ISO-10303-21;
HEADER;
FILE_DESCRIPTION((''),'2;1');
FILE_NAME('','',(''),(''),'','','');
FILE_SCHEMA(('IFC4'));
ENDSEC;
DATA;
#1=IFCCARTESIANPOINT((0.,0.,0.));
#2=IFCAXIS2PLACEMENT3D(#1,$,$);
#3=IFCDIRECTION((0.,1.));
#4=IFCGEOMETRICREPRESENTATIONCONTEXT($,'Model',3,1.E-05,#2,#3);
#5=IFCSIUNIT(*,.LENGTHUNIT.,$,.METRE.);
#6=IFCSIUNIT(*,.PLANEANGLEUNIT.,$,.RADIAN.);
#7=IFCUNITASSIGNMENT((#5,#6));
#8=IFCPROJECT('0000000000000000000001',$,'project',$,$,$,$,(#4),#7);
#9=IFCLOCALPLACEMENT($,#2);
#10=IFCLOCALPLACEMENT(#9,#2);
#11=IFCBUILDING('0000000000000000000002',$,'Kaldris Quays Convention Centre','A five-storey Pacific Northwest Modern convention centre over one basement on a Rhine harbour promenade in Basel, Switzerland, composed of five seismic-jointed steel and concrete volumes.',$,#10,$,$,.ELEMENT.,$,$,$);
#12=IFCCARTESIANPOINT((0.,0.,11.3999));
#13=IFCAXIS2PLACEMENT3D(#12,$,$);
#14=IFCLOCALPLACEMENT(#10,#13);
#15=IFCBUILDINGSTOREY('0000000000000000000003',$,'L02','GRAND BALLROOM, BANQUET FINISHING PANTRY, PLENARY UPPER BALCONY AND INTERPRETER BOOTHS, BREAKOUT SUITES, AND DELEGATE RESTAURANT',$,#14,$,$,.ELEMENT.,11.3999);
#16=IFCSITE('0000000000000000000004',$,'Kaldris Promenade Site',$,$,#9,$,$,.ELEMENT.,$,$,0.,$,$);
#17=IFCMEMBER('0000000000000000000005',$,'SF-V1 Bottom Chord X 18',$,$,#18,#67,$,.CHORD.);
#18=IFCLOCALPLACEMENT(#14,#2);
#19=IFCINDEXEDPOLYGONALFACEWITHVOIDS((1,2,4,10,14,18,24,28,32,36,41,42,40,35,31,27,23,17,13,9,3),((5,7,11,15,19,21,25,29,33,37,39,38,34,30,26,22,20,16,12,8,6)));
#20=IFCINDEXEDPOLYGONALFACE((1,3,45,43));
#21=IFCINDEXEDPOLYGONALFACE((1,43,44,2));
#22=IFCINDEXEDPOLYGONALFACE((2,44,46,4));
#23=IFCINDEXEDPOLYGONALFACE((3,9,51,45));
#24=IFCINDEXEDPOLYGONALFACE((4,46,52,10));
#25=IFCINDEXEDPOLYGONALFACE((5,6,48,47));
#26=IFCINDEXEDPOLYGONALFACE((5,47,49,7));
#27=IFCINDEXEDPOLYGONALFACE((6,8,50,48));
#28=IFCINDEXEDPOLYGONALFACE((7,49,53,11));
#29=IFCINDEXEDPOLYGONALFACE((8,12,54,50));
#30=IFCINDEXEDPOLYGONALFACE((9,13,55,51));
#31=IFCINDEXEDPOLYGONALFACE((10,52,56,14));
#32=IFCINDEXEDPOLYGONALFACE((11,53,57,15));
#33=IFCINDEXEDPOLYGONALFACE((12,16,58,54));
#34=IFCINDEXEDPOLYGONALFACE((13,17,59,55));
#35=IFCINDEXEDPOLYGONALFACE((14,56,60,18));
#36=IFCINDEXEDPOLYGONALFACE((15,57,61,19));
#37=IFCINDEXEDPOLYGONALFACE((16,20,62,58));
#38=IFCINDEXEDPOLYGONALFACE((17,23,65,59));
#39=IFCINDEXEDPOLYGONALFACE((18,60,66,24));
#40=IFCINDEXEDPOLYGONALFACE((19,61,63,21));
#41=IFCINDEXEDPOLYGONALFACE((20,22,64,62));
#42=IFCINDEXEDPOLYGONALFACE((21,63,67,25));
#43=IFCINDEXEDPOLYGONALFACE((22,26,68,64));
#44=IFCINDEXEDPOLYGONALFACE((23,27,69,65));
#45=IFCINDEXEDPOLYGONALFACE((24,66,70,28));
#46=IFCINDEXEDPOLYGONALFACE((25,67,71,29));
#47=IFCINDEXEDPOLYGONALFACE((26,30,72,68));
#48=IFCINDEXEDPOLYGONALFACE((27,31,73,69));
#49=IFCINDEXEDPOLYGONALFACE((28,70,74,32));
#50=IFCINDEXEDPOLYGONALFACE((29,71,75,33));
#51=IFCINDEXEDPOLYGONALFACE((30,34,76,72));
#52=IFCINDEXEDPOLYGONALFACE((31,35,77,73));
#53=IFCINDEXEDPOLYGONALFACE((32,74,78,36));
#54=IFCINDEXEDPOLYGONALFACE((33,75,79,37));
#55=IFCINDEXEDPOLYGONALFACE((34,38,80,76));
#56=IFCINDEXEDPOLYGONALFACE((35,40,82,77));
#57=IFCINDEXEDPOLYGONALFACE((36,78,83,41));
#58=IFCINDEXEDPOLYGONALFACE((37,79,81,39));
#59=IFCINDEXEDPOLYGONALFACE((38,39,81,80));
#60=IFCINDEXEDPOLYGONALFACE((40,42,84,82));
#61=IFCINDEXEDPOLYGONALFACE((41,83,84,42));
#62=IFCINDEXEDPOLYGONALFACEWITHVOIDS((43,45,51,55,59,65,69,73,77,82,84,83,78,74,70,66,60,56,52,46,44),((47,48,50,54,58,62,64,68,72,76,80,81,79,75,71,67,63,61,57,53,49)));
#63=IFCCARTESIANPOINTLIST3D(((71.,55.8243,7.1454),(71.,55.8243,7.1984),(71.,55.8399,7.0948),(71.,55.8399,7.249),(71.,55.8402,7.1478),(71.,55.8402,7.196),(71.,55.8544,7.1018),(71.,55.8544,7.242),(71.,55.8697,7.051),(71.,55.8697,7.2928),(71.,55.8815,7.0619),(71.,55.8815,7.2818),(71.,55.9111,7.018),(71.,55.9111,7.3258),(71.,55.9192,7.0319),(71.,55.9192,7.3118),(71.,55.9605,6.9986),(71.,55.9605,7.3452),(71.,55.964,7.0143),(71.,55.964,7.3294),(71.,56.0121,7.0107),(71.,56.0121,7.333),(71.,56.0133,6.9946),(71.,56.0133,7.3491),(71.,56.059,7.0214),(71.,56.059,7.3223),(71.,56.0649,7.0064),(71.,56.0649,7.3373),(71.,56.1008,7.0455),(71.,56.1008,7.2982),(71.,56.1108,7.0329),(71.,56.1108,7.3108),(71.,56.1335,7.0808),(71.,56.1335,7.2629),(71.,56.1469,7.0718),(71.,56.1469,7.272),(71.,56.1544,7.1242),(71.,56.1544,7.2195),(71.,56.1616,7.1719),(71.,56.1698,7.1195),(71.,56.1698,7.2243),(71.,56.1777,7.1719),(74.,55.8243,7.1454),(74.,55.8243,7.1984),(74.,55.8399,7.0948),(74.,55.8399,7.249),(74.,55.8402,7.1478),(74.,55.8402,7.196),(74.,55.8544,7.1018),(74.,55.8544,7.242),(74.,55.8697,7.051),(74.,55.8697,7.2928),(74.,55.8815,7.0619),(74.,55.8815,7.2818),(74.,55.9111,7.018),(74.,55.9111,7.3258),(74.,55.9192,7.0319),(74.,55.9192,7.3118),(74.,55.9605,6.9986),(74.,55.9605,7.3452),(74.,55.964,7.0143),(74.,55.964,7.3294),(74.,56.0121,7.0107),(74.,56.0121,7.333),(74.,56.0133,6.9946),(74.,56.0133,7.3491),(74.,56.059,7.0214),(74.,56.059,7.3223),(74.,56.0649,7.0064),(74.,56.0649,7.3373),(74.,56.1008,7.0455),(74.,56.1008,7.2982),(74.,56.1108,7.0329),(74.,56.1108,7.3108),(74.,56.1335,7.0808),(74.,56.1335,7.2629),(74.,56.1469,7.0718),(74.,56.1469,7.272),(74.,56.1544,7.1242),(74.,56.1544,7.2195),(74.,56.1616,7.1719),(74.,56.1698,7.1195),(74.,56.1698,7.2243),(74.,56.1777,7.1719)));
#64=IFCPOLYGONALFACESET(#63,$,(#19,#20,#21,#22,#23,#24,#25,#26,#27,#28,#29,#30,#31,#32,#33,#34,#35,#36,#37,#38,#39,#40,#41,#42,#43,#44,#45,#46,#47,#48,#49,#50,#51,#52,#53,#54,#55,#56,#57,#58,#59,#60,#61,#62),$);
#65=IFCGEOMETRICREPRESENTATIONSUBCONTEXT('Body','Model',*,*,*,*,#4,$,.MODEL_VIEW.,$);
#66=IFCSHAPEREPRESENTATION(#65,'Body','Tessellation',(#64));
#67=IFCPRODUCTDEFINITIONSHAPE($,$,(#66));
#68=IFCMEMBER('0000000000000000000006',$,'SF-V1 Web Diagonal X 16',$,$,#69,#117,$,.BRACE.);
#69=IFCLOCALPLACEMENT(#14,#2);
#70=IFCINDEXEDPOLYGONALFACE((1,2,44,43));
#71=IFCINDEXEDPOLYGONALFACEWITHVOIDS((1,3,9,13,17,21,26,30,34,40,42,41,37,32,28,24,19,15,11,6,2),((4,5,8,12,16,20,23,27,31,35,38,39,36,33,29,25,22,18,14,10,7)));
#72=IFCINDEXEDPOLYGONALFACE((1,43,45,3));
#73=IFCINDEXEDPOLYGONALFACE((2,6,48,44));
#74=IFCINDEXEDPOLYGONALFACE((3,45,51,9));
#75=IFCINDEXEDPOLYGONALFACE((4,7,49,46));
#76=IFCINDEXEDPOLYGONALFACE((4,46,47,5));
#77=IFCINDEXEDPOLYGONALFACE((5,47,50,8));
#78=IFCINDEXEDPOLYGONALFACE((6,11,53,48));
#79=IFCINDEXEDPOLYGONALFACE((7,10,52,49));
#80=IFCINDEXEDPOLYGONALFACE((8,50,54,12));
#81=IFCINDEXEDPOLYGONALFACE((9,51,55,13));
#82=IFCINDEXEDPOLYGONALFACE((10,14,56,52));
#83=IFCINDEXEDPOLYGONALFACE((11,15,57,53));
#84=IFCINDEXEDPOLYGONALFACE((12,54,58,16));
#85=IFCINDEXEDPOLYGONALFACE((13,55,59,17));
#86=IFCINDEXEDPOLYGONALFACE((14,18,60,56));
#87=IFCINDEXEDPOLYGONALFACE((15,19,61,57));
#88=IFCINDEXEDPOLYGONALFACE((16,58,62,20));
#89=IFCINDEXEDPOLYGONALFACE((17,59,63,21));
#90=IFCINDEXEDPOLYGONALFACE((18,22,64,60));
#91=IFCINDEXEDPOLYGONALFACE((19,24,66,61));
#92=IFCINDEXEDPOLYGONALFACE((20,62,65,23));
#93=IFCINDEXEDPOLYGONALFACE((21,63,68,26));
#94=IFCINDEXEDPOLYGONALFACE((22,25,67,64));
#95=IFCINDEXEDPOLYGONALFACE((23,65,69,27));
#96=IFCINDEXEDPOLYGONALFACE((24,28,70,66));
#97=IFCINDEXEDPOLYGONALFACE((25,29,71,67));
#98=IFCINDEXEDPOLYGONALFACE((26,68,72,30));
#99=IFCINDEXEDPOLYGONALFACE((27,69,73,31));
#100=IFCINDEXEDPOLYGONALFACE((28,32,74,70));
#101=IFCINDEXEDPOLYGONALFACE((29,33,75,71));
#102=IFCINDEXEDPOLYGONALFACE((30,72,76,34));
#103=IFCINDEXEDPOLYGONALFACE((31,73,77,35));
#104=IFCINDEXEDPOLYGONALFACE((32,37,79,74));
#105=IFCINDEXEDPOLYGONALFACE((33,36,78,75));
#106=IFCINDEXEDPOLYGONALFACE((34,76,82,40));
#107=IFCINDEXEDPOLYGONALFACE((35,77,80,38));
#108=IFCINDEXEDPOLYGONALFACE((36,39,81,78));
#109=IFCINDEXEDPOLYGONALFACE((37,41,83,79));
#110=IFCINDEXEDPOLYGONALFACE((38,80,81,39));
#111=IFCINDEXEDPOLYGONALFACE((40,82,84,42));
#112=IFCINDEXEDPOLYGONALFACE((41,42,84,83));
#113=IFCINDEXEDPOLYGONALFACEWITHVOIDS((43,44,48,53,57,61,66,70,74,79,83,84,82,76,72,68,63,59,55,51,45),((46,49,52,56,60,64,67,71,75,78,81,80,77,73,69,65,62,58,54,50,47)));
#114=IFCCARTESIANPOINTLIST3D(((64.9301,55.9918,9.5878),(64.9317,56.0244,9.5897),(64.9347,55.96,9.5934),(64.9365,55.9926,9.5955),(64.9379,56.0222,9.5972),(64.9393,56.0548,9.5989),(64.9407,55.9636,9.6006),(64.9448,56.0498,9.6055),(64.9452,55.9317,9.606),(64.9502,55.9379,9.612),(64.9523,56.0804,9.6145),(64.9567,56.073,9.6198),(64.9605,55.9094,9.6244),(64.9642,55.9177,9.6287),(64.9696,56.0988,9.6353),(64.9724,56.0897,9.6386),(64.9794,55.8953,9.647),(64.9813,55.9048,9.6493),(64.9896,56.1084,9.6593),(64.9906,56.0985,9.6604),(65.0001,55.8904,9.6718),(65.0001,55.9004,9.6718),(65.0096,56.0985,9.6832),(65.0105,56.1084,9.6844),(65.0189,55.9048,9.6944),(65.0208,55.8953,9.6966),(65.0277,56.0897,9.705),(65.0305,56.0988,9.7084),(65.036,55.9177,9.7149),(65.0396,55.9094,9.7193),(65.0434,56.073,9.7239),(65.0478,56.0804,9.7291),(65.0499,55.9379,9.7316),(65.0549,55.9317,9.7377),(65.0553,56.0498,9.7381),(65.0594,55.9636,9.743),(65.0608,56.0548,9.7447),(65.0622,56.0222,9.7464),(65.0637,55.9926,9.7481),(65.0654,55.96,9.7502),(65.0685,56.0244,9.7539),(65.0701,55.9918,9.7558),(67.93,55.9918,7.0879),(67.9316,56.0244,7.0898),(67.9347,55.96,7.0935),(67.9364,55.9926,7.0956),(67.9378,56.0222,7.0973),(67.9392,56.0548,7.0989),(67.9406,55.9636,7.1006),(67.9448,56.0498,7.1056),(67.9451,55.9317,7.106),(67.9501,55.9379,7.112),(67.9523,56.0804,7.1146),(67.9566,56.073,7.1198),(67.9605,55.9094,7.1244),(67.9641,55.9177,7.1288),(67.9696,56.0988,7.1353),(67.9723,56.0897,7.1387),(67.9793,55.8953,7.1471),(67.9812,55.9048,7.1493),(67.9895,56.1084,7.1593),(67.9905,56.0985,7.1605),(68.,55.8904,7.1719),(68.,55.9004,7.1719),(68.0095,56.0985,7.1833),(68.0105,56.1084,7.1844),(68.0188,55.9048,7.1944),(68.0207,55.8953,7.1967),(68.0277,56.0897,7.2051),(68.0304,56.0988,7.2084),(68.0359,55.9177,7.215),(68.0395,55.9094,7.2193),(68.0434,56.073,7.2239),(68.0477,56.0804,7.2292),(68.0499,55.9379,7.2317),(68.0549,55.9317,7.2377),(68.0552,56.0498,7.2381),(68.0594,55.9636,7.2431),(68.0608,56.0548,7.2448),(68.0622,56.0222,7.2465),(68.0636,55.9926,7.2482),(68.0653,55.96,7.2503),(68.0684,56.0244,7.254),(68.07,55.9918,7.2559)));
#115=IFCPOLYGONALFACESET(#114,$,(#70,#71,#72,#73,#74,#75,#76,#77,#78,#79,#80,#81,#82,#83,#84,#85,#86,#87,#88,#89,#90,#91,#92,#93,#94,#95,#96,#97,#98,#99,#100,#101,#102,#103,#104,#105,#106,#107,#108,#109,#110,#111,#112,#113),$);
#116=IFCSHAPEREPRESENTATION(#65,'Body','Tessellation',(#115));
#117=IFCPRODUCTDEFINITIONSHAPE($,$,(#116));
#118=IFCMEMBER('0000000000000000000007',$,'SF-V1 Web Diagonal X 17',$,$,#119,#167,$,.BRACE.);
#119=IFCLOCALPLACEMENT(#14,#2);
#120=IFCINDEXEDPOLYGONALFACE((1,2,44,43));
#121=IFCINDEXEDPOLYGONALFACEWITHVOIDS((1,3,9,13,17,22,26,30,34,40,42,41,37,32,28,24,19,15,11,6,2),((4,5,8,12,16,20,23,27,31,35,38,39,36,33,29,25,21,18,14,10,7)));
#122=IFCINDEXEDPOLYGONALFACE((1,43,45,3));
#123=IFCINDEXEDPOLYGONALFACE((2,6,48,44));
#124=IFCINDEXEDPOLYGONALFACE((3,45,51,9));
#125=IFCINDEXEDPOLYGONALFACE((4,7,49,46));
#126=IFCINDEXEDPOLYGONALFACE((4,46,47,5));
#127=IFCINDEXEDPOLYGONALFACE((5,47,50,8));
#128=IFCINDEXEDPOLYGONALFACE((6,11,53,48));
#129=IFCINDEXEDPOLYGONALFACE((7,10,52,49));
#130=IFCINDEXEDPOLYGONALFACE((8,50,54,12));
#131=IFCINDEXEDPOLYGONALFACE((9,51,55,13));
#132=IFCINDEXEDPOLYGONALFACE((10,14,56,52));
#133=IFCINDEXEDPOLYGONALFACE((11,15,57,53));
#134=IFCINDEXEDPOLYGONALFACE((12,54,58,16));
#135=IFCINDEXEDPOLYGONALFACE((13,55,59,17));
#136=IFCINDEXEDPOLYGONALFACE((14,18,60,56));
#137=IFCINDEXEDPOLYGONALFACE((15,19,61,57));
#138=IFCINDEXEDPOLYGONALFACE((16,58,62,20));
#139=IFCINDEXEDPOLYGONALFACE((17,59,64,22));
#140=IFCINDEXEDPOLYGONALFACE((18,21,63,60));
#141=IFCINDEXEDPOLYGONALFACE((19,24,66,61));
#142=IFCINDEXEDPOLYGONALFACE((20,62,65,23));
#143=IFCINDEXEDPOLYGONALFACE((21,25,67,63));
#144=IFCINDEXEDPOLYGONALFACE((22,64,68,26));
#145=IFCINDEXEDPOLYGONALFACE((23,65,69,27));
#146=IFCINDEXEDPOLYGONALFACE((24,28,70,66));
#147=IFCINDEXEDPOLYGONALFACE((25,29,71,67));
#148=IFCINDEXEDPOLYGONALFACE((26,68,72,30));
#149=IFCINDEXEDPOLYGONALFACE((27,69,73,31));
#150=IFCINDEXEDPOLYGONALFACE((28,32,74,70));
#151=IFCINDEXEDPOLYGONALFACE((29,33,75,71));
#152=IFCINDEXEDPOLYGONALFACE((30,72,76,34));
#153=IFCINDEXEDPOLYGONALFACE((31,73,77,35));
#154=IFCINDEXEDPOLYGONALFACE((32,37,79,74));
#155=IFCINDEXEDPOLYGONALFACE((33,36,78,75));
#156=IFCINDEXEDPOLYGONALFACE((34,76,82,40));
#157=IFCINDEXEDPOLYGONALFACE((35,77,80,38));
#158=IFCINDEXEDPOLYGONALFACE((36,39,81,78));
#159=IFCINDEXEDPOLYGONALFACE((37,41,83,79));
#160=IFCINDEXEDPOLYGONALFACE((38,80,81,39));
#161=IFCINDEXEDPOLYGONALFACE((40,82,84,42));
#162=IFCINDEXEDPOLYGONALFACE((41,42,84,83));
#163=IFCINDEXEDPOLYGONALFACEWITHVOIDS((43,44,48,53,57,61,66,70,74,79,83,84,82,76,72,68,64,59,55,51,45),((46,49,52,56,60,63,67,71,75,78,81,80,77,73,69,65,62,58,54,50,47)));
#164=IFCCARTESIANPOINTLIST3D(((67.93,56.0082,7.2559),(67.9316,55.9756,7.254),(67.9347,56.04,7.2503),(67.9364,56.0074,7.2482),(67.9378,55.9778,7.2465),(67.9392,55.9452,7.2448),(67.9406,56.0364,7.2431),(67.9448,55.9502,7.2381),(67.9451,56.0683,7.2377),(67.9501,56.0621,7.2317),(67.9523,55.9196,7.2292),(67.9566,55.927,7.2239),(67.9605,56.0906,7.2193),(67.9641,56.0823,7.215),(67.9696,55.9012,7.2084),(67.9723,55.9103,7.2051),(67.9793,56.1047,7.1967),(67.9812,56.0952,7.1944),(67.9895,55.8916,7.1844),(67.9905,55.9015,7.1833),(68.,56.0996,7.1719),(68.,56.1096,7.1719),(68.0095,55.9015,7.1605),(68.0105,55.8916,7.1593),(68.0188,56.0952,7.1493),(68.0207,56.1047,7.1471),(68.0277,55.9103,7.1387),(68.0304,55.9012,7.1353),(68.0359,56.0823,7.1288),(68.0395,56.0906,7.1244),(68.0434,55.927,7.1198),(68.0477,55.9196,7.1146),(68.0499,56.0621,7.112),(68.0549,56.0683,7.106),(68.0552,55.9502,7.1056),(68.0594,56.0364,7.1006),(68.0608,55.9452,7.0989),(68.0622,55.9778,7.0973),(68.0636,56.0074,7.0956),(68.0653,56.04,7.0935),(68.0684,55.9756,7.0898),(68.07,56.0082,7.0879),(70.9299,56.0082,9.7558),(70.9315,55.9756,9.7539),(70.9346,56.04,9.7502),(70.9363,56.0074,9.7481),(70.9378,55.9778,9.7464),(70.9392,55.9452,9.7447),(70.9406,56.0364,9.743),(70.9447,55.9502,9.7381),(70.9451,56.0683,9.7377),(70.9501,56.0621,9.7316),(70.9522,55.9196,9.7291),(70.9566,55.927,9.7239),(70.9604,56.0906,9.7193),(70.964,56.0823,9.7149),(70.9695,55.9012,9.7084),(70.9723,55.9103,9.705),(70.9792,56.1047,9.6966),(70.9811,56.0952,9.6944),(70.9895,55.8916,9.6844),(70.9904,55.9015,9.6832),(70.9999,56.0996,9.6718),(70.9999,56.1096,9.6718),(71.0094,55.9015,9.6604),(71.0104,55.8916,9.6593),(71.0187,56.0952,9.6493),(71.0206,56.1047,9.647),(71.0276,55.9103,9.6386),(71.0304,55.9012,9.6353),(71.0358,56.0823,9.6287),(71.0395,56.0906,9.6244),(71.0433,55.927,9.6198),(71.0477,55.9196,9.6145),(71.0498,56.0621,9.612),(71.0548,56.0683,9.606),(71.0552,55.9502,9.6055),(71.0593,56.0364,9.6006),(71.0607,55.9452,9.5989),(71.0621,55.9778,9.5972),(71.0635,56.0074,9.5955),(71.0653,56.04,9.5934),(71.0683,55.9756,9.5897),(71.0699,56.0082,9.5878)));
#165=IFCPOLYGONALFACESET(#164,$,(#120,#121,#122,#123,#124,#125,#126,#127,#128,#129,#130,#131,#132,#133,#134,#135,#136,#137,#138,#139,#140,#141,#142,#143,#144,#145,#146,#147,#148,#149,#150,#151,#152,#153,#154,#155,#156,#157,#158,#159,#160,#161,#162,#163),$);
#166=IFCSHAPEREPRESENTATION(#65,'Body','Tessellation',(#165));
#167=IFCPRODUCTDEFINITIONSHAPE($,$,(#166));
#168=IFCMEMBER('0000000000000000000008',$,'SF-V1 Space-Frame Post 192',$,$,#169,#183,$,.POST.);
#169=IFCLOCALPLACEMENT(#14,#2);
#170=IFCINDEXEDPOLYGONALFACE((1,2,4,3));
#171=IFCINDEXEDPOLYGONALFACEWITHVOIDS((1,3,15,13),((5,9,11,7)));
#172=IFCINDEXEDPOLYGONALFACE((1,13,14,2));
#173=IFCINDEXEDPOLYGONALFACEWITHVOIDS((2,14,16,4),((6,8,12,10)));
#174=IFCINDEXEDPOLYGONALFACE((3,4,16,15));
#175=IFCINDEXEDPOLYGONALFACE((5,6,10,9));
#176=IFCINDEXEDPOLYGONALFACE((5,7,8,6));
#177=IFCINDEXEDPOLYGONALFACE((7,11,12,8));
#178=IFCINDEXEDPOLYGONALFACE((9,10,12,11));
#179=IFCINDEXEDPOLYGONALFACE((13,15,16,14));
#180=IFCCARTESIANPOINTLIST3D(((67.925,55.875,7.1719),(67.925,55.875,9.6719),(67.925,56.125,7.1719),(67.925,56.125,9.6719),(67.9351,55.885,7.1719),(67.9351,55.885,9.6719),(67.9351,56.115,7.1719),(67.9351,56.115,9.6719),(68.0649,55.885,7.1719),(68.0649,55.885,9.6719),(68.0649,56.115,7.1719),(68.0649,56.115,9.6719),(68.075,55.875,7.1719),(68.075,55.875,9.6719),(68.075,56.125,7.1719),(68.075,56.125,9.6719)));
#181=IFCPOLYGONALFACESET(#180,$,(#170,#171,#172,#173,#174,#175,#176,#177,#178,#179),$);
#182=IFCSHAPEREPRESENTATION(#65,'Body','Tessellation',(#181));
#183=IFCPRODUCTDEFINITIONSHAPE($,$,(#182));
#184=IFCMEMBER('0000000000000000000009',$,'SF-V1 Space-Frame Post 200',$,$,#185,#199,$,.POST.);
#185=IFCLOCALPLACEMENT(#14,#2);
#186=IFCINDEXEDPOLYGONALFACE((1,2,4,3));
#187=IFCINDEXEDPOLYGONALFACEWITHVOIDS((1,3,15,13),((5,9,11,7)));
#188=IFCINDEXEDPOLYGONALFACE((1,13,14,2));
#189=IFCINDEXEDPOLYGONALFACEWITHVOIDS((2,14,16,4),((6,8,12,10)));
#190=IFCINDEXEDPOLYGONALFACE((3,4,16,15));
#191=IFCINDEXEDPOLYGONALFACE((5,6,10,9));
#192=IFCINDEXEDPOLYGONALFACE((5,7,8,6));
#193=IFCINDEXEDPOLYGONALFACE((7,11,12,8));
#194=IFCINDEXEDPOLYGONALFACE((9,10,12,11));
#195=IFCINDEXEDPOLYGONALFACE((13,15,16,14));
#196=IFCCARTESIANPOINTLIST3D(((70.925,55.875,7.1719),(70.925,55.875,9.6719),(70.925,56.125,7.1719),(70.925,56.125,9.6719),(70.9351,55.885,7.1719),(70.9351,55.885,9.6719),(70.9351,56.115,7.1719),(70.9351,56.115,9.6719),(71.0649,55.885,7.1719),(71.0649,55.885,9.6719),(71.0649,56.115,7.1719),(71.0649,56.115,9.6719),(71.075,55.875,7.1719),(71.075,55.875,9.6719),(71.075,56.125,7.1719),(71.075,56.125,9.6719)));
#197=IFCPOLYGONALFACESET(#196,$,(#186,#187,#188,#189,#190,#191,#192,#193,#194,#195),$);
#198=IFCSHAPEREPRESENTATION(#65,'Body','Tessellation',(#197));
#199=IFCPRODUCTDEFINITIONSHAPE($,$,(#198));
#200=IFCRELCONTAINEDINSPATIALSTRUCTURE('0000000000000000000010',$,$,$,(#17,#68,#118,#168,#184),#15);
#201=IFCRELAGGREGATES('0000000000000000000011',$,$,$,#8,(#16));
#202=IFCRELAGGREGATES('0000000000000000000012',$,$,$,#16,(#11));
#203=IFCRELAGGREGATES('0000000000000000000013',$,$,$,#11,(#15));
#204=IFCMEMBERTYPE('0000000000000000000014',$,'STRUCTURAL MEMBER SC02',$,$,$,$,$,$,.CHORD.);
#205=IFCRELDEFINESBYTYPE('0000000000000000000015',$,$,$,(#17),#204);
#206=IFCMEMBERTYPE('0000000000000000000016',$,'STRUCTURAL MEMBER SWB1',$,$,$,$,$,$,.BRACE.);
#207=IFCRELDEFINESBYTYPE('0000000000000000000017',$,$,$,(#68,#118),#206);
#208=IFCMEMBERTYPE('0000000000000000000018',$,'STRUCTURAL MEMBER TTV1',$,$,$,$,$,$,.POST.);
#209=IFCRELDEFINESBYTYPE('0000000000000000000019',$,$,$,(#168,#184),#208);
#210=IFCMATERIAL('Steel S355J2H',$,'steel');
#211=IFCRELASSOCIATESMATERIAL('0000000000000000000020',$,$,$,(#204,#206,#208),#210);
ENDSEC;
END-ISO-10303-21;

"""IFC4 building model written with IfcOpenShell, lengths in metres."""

from ifc_helpers import new_model, si_unit, direction, frame, origin, origin_2d, place, context, subcontext, project, spatial, hollow_rectangle, hollow_circle, extrude, material, material_profile, profile_set, type_object, element, save


model = new_model("IFC4")

# Units and contexts
model_context = context("Model", 3, precision=1e-05, world=origin(), true_north=direction((0.0, 1.0)))
body_context = subcontext(model_context, "Body", "Model", "MODEL_VIEW")
ifc_project = project(units=[si_unit("LENGTHUNIT", "METRE"), si_unit("PLANEANGLEUNIT", "RADIAN")], contexts=[model_context])

# Site, building, storey
site_placement = place(None, origin())
site = spatial("IfcSite", under=ifc_project, at=site_placement, Name="Kaldris Promenade Site", CompositionType="ELEMENT", RefElevation=0.0)
building_placement = place(site_placement, origin())
building = spatial("IfcBuilding", under=site, at=building_placement, Name="Kaldris Quays Convention Centre", Description="A five-storey Pacific Northwest Modern convention centre over one basement on a Rhine harbour promenade in Basel, Switzerland, composed of five seismic-jointed steel and concrete volumes.", CompositionType="ELEMENT")
storey_placement = place(building_placement, frame((0.0, 0.0, 11.3999)))
storey = spatial("IfcBuildingStorey", under=building, at=storey_placement, Name="L02", Description="GRAND BALLROOM, BANQUET FINISHING PANTRY, PLENARY UPPER BALCONY AND INTERPRETER BOOTHS, BREAKOUT SUITES, AND DELEGATE RESTAURANT", CompositionType="ELEMENT", Elevation=11.3999)

# Members
ifc_material_1 = material(Name="Steel S355J2H", Category="steel")
ifc_material_profile_1 = material_profile(ifc_material_1, hollow_circle(Radius=0.1777, WallThickness=0.0161, at=origin_2d()), Name="CHS 355.6x16")
ifc_profile_set_1 = profile_set([ifc_material_profile_1], Name="Steel S355J2H")
member_type_1 = type_object("IfcMemberType", Name="STRUCTURAL MEMBER SC02", PredefinedType="CHORD", material=ifc_profile_set_1)
for number, where, z_axis, x_axis, name in (
    (1, (71.0, 56.0, 7.1719), (1.0, 0.0, 0.0), (0.0, 1.0, 0.0), "SF-V1 Bottom Chord X 18"),
):
    element("IfcMember", number, at=place(storey_placement, frame(where, z_axis=z_axis, x_axis=x_axis)), inside=storey, type_object=member_type_1, Name=name, PredefinedType="CHORD", context=body_context, shape_type="SweptSolid", body=[
        extrude(hollow_circle(Radius=0.1777, WallThickness=0.0161, at=origin_2d()), origin(), (0.0, 0.0, 1.0), 3.0),
    ])
ifc_material_profile_2 = material_profile(ifc_material_1, hollow_circle(Radius=0.1096, WallThickness=0.01, at=origin_2d()), Name="CHS 219.1x10")
ifc_profile_set_2 = profile_set([ifc_material_profile_2], Name="Steel S355J2H")
member_type_2 = type_object("IfcMemberType", Name="STRUCTURAL MEMBER SWB1", PredefinedType="BRACE", material=ifc_profile_set_2)
for number, where, z_axis, x_axis, name in (
    (2, (68.0, 56.0, 7.1719), (-0.768221, 0.0, 0.640184), (0.0, -1.0, 0.0), "SF-V1 Web Diagonal X 16"),
    (3, (68.0, 56.0, 7.1719), (0.768221, 0.0, 0.640184), (0.0, 1.0, 0.0), "SF-V1 Web Diagonal X 17"),
):
    element("IfcMember", number, at=place(storey_placement, frame(where, z_axis=z_axis, x_axis=x_axis)), inside=storey, type_object=member_type_2, Name=name, PredefinedType="BRACE", context=body_context, shape_type="SweptSolid", body=[
        extrude(hollow_circle(Radius=0.1096, WallThickness=0.01, at=origin_2d()), origin(), (0.0, 0.0, 1.0), 3.905),
    ])
ifc_material_profile_3 = material_profile(ifc_material_1, hollow_rectangle(XDim=0.1499, YDim=0.25, WallThickness=0.01, at=origin_2d()), Name="RHS 250x150x10")
ifc_profile_set_3 = profile_set([ifc_material_profile_3], Name="Steel S355J2H")
member_type_3 = type_object("IfcMemberType", Name="STRUCTURAL MEMBER TTV1", PredefinedType="POST", material=ifc_profile_set_3)
for number, where, z_axis, x_axis, name in (
    (4, (68.0, 56.0, 7.1719), (0.0, 0.0, 1.0), (1.0, 0.0, 0.0), "SF-V1 Space-Frame Post 192"),
    (5, (71.0, 56.0, 7.1719), (0.0, 0.0, 1.0), (1.0, 0.0, 0.0), "SF-V1 Space-Frame Post 200"),
):
    element("IfcMember", number, at=place(storey_placement, frame(where, z_axis=z_axis, x_axis=x_axis)), inside=storey, type_object=member_type_3, Name=name, PredefinedType="POST", context=body_context, shape_type="SweptSolid", body=[
        extrude(hollow_rectangle(XDim=0.1499, YDim=0.25, WallThickness=0.01, at=origin_2d()), origin(), (0.0, 0.0, 1.0), 2.5),
    ])

save(model, "model.ifc")
